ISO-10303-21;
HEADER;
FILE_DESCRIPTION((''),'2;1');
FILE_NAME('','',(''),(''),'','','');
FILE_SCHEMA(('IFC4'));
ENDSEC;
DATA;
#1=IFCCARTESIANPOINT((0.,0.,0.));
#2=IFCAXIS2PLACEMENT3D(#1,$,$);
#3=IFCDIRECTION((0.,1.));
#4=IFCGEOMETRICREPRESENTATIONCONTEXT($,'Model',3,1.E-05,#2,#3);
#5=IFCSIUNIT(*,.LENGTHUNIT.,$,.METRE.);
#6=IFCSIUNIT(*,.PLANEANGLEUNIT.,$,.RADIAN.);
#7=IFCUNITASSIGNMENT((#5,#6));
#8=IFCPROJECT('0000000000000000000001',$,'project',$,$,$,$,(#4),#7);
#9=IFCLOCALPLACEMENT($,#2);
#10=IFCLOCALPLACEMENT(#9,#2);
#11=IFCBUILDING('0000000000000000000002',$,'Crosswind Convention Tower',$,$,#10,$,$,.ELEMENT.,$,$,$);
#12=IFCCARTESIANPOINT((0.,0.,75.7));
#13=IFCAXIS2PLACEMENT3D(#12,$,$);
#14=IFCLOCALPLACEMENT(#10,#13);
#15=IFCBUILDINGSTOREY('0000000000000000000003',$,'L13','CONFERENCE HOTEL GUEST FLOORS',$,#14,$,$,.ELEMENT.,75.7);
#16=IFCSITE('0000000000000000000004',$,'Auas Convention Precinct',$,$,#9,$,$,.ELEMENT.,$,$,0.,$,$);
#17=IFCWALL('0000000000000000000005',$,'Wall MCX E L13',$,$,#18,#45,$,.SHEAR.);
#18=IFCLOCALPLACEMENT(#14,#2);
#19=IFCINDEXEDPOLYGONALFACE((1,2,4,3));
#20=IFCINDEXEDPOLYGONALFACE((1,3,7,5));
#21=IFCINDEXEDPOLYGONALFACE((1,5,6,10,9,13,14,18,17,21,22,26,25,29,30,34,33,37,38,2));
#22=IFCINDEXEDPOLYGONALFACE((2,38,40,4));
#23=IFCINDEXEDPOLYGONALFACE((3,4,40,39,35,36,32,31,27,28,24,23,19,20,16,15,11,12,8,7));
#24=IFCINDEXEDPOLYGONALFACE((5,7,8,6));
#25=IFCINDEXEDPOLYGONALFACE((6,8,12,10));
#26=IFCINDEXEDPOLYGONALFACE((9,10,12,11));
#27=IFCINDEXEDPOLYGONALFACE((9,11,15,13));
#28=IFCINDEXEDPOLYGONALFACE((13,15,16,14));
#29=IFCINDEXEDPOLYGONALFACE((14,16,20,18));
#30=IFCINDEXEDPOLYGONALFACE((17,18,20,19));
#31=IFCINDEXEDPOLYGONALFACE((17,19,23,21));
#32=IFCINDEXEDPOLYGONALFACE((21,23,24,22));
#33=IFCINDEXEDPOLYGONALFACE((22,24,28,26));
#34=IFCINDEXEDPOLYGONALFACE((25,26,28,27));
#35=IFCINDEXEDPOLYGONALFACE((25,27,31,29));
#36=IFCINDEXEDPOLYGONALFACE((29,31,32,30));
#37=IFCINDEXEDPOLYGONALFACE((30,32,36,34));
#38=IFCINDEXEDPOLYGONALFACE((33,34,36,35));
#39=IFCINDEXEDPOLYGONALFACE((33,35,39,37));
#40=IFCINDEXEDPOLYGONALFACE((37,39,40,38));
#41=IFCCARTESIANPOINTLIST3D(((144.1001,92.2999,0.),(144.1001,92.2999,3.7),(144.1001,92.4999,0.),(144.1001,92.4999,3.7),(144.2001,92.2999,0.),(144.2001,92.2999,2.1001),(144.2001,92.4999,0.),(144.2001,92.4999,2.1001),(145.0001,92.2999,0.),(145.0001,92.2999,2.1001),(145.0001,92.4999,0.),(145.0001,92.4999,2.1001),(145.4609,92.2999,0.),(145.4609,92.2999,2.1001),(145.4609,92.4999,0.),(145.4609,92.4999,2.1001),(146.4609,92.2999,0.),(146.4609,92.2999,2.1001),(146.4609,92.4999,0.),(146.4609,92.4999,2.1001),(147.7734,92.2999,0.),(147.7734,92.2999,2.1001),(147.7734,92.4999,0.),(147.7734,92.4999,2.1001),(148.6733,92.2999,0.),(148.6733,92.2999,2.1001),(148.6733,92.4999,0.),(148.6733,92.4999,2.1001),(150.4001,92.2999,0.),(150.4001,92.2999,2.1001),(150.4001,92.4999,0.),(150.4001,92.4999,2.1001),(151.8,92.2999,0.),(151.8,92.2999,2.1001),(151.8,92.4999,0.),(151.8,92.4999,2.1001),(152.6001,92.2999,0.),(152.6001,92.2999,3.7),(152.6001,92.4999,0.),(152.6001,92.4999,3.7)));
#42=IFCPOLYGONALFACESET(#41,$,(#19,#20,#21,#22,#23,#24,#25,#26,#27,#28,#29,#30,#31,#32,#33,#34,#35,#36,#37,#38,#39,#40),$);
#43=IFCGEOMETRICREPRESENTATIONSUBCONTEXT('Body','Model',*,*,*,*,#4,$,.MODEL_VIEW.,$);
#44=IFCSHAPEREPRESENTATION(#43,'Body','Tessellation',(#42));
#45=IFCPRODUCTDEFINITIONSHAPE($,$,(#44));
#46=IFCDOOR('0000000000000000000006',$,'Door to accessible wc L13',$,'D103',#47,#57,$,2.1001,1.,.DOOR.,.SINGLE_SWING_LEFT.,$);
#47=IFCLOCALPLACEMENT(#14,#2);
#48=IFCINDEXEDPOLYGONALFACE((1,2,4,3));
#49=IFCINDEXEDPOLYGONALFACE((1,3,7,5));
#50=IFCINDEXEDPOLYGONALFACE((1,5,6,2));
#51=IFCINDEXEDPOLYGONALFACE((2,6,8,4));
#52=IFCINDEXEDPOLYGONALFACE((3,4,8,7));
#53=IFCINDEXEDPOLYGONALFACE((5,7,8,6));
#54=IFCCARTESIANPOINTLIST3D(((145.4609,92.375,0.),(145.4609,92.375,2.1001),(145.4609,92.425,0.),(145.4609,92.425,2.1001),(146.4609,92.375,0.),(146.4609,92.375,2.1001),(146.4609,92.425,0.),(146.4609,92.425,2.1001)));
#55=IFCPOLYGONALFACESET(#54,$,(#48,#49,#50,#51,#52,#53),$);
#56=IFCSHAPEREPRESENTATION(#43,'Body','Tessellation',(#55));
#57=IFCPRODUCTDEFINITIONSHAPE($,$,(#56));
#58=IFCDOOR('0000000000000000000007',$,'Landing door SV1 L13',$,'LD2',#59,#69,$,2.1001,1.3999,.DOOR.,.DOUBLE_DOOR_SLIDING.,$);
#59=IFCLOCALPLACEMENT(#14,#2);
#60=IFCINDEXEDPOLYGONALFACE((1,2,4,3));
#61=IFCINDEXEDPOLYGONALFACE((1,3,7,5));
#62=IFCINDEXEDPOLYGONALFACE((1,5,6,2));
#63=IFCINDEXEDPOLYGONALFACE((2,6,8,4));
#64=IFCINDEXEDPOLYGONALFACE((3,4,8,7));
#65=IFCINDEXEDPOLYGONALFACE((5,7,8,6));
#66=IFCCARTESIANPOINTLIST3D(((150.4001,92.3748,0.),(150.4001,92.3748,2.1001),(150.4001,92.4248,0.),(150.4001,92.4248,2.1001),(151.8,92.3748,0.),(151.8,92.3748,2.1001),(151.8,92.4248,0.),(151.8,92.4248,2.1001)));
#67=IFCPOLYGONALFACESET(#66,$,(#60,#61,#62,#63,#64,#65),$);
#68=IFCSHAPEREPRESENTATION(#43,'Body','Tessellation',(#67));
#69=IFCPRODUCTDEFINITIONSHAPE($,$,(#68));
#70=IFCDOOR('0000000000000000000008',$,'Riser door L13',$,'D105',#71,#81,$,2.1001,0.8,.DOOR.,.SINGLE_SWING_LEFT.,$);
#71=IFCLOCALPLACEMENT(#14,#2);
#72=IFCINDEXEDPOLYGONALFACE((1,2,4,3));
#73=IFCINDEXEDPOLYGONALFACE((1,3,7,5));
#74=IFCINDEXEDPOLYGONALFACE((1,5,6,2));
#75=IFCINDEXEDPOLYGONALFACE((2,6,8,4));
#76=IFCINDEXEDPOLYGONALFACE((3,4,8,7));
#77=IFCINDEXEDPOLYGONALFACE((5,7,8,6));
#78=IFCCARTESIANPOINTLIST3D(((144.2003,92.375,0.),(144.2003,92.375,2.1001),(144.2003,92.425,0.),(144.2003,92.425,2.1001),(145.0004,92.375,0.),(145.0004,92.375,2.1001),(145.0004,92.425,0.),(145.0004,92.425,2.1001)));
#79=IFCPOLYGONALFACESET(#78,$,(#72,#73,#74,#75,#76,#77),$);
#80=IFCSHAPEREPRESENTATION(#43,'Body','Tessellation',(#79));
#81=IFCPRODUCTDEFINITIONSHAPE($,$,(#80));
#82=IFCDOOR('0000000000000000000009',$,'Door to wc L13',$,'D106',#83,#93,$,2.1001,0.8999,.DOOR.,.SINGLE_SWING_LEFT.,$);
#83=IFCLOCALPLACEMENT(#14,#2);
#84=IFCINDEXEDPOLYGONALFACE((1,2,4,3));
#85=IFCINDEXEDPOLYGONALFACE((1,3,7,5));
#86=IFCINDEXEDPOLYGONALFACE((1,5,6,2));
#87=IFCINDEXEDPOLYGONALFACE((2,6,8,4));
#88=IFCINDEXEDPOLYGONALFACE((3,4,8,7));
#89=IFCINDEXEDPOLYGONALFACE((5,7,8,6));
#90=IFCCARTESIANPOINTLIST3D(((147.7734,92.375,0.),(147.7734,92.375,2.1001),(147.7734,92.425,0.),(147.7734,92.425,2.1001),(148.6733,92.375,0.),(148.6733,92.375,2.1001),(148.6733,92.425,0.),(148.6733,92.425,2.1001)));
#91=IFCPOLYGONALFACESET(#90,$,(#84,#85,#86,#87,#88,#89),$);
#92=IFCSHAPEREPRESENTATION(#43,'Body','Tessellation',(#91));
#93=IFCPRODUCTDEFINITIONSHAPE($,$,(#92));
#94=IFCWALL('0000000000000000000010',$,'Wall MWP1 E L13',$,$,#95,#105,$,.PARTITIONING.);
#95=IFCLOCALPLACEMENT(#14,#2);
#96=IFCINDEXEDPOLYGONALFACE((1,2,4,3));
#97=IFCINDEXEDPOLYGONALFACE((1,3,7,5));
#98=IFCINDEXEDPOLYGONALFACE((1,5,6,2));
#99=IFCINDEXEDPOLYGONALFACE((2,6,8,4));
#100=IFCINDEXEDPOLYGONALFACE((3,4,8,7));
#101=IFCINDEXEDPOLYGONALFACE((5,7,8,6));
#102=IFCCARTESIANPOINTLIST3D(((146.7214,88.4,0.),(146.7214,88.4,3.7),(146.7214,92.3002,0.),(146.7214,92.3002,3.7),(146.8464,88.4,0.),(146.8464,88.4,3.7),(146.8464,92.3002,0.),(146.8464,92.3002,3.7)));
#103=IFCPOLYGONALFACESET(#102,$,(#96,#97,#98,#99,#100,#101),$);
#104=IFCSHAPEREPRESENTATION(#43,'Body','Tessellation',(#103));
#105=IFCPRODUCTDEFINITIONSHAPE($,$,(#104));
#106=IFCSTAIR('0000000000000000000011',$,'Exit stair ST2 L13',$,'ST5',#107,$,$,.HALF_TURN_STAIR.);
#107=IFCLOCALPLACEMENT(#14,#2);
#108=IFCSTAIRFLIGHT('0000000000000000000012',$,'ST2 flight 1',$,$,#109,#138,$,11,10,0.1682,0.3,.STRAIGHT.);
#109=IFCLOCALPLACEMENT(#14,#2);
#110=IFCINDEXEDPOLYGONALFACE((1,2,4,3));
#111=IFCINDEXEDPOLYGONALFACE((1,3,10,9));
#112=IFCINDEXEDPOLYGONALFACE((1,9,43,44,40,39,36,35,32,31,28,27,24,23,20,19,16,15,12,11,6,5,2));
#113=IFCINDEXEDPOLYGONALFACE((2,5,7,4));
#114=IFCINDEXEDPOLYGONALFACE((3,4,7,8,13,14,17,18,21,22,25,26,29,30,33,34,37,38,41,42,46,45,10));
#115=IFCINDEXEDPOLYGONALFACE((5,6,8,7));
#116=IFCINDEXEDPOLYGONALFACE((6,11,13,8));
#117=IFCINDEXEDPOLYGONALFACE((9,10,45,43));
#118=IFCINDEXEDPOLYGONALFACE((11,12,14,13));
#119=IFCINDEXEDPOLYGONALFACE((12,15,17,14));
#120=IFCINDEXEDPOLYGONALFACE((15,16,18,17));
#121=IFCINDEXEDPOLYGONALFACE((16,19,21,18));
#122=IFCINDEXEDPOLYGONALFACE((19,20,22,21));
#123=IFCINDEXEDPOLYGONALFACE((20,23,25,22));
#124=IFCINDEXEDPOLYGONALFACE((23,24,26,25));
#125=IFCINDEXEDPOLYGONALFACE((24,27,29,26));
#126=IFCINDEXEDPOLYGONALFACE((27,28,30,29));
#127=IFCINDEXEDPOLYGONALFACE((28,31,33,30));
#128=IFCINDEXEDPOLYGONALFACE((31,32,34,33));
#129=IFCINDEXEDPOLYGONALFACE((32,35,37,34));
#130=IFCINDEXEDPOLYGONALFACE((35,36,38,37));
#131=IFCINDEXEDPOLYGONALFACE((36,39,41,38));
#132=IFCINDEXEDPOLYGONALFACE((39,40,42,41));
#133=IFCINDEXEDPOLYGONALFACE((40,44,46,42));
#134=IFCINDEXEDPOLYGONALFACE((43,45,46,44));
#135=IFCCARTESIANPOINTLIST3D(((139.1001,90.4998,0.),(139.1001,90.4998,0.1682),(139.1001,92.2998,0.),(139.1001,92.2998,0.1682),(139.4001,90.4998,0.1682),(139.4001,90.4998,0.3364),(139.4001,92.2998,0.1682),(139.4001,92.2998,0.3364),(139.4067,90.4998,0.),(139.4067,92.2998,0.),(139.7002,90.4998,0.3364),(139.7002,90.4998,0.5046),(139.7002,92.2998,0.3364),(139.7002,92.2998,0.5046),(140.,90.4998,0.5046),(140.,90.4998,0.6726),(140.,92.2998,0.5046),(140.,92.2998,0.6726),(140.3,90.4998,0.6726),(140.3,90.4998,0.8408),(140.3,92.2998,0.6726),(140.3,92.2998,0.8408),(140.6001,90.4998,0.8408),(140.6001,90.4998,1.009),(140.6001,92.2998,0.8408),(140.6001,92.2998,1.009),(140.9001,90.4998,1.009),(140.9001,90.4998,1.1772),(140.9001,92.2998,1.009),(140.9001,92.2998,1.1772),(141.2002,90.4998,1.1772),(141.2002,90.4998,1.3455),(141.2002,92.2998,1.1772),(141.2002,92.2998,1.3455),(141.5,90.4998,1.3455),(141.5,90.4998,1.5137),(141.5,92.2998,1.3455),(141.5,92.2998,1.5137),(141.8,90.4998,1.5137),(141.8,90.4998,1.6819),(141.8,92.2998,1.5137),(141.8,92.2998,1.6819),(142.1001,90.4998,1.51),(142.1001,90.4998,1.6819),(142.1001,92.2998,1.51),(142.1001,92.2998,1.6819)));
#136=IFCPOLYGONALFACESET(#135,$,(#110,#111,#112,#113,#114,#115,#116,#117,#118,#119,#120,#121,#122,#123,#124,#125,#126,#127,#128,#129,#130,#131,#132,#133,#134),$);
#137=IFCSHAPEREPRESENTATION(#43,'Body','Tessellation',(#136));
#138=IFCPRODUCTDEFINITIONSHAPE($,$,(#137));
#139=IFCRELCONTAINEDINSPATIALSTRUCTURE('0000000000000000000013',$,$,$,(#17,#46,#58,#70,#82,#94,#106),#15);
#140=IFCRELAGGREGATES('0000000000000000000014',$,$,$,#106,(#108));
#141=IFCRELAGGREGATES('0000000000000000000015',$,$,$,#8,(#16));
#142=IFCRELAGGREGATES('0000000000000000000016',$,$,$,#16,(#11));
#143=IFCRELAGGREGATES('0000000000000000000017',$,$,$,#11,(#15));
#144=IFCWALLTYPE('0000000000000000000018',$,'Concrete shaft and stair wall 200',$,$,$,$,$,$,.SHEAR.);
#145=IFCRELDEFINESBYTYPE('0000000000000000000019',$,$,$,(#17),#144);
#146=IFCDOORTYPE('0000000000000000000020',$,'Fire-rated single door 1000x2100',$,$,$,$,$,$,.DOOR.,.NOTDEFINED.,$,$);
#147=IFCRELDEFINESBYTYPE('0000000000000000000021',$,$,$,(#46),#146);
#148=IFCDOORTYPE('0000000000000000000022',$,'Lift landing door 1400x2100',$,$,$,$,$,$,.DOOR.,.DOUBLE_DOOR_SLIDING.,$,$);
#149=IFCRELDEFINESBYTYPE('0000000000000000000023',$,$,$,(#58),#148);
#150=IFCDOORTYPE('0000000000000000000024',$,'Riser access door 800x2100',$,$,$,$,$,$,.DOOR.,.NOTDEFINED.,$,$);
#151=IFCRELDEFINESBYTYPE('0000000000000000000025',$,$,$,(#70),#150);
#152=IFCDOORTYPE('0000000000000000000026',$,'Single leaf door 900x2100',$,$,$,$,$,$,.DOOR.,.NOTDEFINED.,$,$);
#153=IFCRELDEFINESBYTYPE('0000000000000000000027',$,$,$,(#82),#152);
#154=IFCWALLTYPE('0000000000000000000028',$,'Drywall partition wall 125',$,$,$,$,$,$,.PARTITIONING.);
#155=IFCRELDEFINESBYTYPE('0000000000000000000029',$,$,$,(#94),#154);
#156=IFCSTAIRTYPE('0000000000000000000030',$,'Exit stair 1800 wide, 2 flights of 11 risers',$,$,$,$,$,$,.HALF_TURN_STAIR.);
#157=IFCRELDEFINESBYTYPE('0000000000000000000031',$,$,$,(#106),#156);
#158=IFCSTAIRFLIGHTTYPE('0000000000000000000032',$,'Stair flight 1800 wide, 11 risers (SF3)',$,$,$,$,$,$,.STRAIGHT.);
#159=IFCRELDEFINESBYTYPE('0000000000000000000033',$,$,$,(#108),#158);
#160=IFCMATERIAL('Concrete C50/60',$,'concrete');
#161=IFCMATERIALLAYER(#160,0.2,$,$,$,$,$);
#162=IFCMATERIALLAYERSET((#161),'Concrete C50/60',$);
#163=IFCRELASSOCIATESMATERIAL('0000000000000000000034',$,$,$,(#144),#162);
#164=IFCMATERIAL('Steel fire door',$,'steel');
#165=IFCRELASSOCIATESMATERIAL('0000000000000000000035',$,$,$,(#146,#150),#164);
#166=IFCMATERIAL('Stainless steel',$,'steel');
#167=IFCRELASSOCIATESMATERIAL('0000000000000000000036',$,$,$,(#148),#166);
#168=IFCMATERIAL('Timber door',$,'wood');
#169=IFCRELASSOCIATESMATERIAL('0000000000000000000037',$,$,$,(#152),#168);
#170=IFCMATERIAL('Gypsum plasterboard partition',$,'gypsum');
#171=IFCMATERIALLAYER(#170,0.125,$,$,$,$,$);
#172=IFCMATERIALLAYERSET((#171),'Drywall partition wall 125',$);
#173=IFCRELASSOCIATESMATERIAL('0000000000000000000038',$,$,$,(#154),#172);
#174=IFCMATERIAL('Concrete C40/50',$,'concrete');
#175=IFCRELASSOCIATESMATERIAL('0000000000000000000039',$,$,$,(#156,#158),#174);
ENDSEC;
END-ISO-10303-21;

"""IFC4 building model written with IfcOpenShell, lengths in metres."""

from ifc_helpers import new_model, si_unit, direction, frame, frame_2d, origin, place, context, subcontext, project, spatial, polyline, rectangle, outline, extrude, material, layer, layer_set, type_object, element, fill, aggregate, save


model = new_model("IFC4")

# Units and contexts
model_context = context("Model", 3, precision=1e-05, world=origin(), true_north=direction((0.0, 1.0)))
body_context = subcontext(model_context, "Body", "Model", "MODEL_VIEW")
ifc_project = project(units=[si_unit("LENGTHUNIT", "METRE"), si_unit("PLANEANGLEUNIT", "RADIAN")], contexts=[model_context])

# Site, building, storey
site_placement = place(None, origin())
site = spatial("IfcSite", under=ifc_project, at=site_placement, Name="Auas Convention Precinct", CompositionType="ELEMENT", RefElevation=0.0)
building_placement = place(site_placement, origin())
building = spatial("IfcBuilding", under=site, at=building_placement, Name="Crosswind Convention Tower", CompositionType="ELEMENT")
storey_placement = place(building_placement, frame((0.0, 0.0, 75.7)))
storey = spatial("IfcBuildingStorey", under=building, at=storey_placement, Name="L13", Description="CONFERENCE HOTEL GUEST FLOORS", CompositionType="ELEMENT", Elevation=75.7)

# Shared definitions
ifc_material_1 = material(Name="Concrete C50/60", Category="concrete")

# Shared definitions
ifc_layer_1 = layer(ifc_material_1, 0.2)
ifc_layer_set_1 = layer_set([ifc_layer_1], Name="Concrete C50/60")
wall_type_1 = type_object("IfcWallType", Name="Concrete shaft and stair wall 200", PredefinedType="SHEAR", material=ifc_layer_set_1)

# Shared definitions
ifc_material_2 = material(Name="Steel fire door", Category="steel")

# Shared definitions
door_type_1 = type_object("IfcDoorType", Name="Fire-rated single door 1000x2100", OperationType="NOTDEFINED", PredefinedType="DOOR", material=ifc_material_2)

# Wall, openings, doors
wall_1_placement = place(storey_placement, frame((144.1001, 92.3999, 0.0), z_axis=(0.0, 0.0, 1.0), x_axis=(1.0, 0.0, 0.0)))
wall_1 = element("IfcWall", 1, at=wall_1_placement, inside=storey, type_object=wall_type_1, Name="Wall MCX E L13", PredefinedType="SHEAR", context=body_context, shape_type="SweptSolid", body=[
    extrude(rectangle(XDim=8.5, YDim=0.2, at=frame_2d((4.25, 0.0))), origin(), (0.0, 0.0, 1.0), 3.7),
])
opening_1_placement = place(wall_1_placement, frame((0.1001, 0.0, 0.0)))
opening_1 = element("IfcOpeningElement", 2, at=opening_1_placement, cuts=wall_1, PredefinedType="OPENING", context=body_context, shape_type="SweptSolid", body=[
    extrude(rectangle(XDim=0.8, YDim=2.1001, at=frame_2d((0.3999, 1.05))), frame((0.0, 0.1099, 0.0), z_axis=(0.0, -1.0, 0.0), x_axis=(1.0, 0.0, 0.0)), (0.0, 0.0, 1.0), 0.22),
])
opening_2_placement = place(wall_1_placement, frame((1.3608, 0.0, 0.0)))
opening_2 = element("IfcOpeningElement", 3, at=opening_2_placement, cuts=wall_1, PredefinedType="OPENING", context=body_context, shape_type="SweptSolid", body=[
    extrude(rectangle(XDim=1.0, YDim=2.1001, at=frame_2d((0.5, 1.05))), frame((0.0, 0.1099, 0.0), z_axis=(0.0, -1.0, 0.0), x_axis=(1.0, 0.0, 0.0)), (0.0, 0.0, 1.0), 0.22),
])
opening_3_placement = place(wall_1_placement, frame((3.6733, 0.0, 0.0)))
opening_3 = element("IfcOpeningElement", 4, at=opening_3_placement, cuts=wall_1, PredefinedType="OPENING", context=body_context, shape_type="SweptSolid", body=[
    extrude(rectangle(XDim=0.8999, YDim=2.1001, at=frame_2d((0.45, 1.05))), frame((0.0, 0.1099, 0.0), z_axis=(0.0, -1.0, 0.0), x_axis=(1.0, 0.0, 0.0)), (0.0, 0.0, 1.0), 0.22),
])
opening_4_placement = place(wall_1_placement, frame((6.3, 0.0, 0.0)))
opening_4 = element("IfcOpeningElement", 5, at=opening_4_placement, cuts=wall_1, PredefinedType="OPENING", context=body_context, shape_type="SweptSolid", body=[
    extrude(rectangle(XDim=1.3999, YDim=2.1001, at=frame_2d((0.7, 1.05))), frame((0.0, 0.1099, 0.0), z_axis=(0.0, -1.0, 0.0), x_axis=(1.0, 0.0, 0.0)), (0.0, 0.0, 1.0), 0.22),
])
door_1_placement = place(opening_2_placement, frame((1.0, 0.0, 0.0), z_axis=(0.0, 0.0, 1.0), x_axis=(-1.0, 0.0, 0.0)))
door_1 = element("IfcDoor", 6, at=door_1_placement, inside=storey, type_object=door_type_1, Name="Door to accessible wc L13", ObjectType="D103", OperationType="SINGLE_SWING_LEFT", OverallHeight=2.1001, OverallWidth=1.0, PredefinedType="DOOR", context=body_context, shape_type="SweptSolid", body=[
    extrude(rectangle(XDim=1.0, YDim=2.1001, at=frame_2d((0.5, 1.05))), frame((0.0, 0.0249, 0.0), z_axis=(0.0, -1.0, 0.0), x_axis=(1.0, 0.0, 0.0)), (0.0, 0.0, 1.0), 0.05),
])
fill(opening_2, door_1)
ifc_material_3 = material(Name="Stainless steel", Category="steel")
door_type_2 = type_object("IfcDoorType", Name="Lift landing door 1400x2100", OperationType="DOUBLE_DOOR_SLIDING", PredefinedType="DOOR", material=ifc_material_3)
door_2_placement = place(opening_4_placement, origin())
door_2 = element("IfcDoor", 7, at=door_2_placement, inside=storey, type_object=door_type_2, Name="Landing door SV1 L13", ObjectType="LD2", OperationType="DOUBLE_DOOR_SLIDING", OverallHeight=2.1001, OverallWidth=1.3999, PredefinedType="DOOR", context=body_context, shape_type="SweptSolid", body=[
    extrude(rectangle(XDim=1.3999, YDim=2.1001, at=frame_2d((0.7, 1.05))), frame((0.0, 0.0249, 0.0), z_axis=(0.0, -1.0, 0.0), x_axis=(1.0, 0.0, 0.0)), (0.0, 0.0, 1.0), 0.05),
])
fill(opening_4, door_2)
door_type_3 = type_object("IfcDoorType", Name="Riser access door 800x2100", OperationType="NOTDEFINED", PredefinedType="DOOR", material=ifc_material_2)
door_3_placement = place(opening_1_placement, frame((0.8, 0.0, 0.0), z_axis=(0.0, 0.0, 1.0), x_axis=(-1.0, 0.0, 0.0)))
door_3 = element("IfcDoor", 8, at=door_3_placement, inside=storey, type_object=door_type_3, Name="Riser door L13", ObjectType="D105", OperationType="SINGLE_SWING_LEFT", OverallHeight=2.1001, OverallWidth=0.8, PredefinedType="DOOR", context=body_context, shape_type="SweptSolid", body=[
    extrude(rectangle(XDim=0.8, YDim=2.1001, at=frame_2d((0.3999, 1.05))), frame((0.0, 0.0249, 0.0), z_axis=(0.0, -1.0, 0.0), x_axis=(1.0, 0.0, 0.0)), (0.0, 0.0, 1.0), 0.05),
])
fill(opening_1, door_3)
ifc_material_4 = material(Name="Timber door", Category="wood")
door_type_4 = type_object("IfcDoorType", Name="Single leaf door 900x2100", OperationType="NOTDEFINED", PredefinedType="DOOR", material=ifc_material_4)
door_4_placement = place(opening_3_placement, frame((0.8999, 0.0, 0.0), z_axis=(0.0, 0.0, 1.0), x_axis=(-1.0, 0.0, 0.0)))
door_4 = element("IfcDoor", 9, at=door_4_placement, inside=storey, type_object=door_type_4, Name="Door to wc L13", ObjectType="D106", OperationType="SINGLE_SWING_LEFT", OverallHeight=2.1001, OverallWidth=0.8999, PredefinedType="DOOR", context=body_context, shape_type="SweptSolid", body=[
    extrude(rectangle(XDim=0.8999, YDim=2.1001, at=frame_2d((0.45, 1.05))), frame((0.0, 0.0249, 0.0), z_axis=(0.0, -1.0, 0.0), x_axis=(1.0, 0.0, 0.0)), (0.0, 0.0, 1.0), 0.05),
])
fill(opening_3, door_4)

# Wall
ifc_material_5 = material(Name="Gypsum plasterboard partition", Category="gypsum")
ifc_layer_2 = layer(ifc_material_5, 0.125)
ifc_layer_set_2 = layer_set([ifc_layer_2], Name="Drywall partition wall 125")
wall_type_2 = type_object("IfcWallType", Name="Drywall partition wall 125", PredefinedType="PARTITIONING", material=ifc_layer_set_2)
wall_2_placement = place(storey_placement, frame((146.7839, 88.3999, 0.0), z_axis=(0.0, 0.0, 1.0), x_axis=(0.0, 1.0, 0.0)))
element("IfcWall", 10, at=wall_2_placement, inside=storey, type_object=wall_type_2, Name="Wall MWP1 E L13", PredefinedType="PARTITIONING", context=body_context, shape_type="SweptSolid", body=[
    extrude(rectangle(XDim=3.9001, YDim=0.125, at=frame_2d((1.9502, 0.0))), origin(), (0.0, 0.0, 1.0), 3.7),
])

# Stair, stair flight
ifc_material_6 = material(Name="Concrete C40/50", Category="concrete")
stair_type = type_object("IfcStairType", Name="Exit stair 1800 wide, 2 flights of 11 risers", PredefinedType="HALF_TURN_STAIR", material=ifc_material_6)
stair_placement = place(storey_placement, origin())
stair = element("IfcStair", 11, at=stair_placement, inside=storey, type_object=stair_type, Name="Exit stair ST2 L13", ObjectType="ST5", PredefinedType="HALF_TURN_STAIR")
stair_flight_type = type_object("IfcStairFlightType", Name="Stair flight 1800 wide, 11 risers (SF3)", PredefinedType="STRAIGHT", material=ifc_material_6)
stair_flight_1_placement = place(storey_placement, frame((139.1001, 91.3999, 0.0), z_axis=(0.0, 0.0, 1.0), x_axis=(1.0, 0.0, 0.0)))
stair_flight_1 = element("IfcStairFlight", 12, at=stair_flight_1_placement, type_object=stair_flight_type, Name="ST2 flight 1", NumberOfRisers=11, NumberOfTreads=10, PredefinedType="STRAIGHT", RiserHeight=0.1682, TreadLength=0.3, context=body_context, shape_type="SweptSolid", body=[
    extrude(outline(polyline([(0.0, 0.0), (0.0, 0.1682), (0.3, 0.1682), (0.3, 0.3364), (0.6001, 0.3364), (0.6001, 0.5046), (0.8999, 0.5046), (0.8999, 0.6726), (1.2, 0.6726), (1.2, 0.8408), (1.5, 0.8408), (1.5, 1.009), (1.8, 1.009), (1.8, 1.1772), (2.1001, 1.1772), (2.1001, 1.3455), (2.3999, 1.3455), (2.3999, 1.5137), (2.7, 1.5137), (2.7, 1.6819), (3.0, 1.6819), (3.0, 1.8501), (3.0, 1.51), (0.3066, 0.0), (0.0, 0.0)])), frame((0.0, 0.8999, 0.0), z_axis=(0.0, -1.0, 0.0), x_axis=(1.0, 0.0, 0.0)), (0.0, 0.0, 1.0), 1.8),
])
aggregate(stair, [stair_flight_1])

save(model, "model.ifc")
